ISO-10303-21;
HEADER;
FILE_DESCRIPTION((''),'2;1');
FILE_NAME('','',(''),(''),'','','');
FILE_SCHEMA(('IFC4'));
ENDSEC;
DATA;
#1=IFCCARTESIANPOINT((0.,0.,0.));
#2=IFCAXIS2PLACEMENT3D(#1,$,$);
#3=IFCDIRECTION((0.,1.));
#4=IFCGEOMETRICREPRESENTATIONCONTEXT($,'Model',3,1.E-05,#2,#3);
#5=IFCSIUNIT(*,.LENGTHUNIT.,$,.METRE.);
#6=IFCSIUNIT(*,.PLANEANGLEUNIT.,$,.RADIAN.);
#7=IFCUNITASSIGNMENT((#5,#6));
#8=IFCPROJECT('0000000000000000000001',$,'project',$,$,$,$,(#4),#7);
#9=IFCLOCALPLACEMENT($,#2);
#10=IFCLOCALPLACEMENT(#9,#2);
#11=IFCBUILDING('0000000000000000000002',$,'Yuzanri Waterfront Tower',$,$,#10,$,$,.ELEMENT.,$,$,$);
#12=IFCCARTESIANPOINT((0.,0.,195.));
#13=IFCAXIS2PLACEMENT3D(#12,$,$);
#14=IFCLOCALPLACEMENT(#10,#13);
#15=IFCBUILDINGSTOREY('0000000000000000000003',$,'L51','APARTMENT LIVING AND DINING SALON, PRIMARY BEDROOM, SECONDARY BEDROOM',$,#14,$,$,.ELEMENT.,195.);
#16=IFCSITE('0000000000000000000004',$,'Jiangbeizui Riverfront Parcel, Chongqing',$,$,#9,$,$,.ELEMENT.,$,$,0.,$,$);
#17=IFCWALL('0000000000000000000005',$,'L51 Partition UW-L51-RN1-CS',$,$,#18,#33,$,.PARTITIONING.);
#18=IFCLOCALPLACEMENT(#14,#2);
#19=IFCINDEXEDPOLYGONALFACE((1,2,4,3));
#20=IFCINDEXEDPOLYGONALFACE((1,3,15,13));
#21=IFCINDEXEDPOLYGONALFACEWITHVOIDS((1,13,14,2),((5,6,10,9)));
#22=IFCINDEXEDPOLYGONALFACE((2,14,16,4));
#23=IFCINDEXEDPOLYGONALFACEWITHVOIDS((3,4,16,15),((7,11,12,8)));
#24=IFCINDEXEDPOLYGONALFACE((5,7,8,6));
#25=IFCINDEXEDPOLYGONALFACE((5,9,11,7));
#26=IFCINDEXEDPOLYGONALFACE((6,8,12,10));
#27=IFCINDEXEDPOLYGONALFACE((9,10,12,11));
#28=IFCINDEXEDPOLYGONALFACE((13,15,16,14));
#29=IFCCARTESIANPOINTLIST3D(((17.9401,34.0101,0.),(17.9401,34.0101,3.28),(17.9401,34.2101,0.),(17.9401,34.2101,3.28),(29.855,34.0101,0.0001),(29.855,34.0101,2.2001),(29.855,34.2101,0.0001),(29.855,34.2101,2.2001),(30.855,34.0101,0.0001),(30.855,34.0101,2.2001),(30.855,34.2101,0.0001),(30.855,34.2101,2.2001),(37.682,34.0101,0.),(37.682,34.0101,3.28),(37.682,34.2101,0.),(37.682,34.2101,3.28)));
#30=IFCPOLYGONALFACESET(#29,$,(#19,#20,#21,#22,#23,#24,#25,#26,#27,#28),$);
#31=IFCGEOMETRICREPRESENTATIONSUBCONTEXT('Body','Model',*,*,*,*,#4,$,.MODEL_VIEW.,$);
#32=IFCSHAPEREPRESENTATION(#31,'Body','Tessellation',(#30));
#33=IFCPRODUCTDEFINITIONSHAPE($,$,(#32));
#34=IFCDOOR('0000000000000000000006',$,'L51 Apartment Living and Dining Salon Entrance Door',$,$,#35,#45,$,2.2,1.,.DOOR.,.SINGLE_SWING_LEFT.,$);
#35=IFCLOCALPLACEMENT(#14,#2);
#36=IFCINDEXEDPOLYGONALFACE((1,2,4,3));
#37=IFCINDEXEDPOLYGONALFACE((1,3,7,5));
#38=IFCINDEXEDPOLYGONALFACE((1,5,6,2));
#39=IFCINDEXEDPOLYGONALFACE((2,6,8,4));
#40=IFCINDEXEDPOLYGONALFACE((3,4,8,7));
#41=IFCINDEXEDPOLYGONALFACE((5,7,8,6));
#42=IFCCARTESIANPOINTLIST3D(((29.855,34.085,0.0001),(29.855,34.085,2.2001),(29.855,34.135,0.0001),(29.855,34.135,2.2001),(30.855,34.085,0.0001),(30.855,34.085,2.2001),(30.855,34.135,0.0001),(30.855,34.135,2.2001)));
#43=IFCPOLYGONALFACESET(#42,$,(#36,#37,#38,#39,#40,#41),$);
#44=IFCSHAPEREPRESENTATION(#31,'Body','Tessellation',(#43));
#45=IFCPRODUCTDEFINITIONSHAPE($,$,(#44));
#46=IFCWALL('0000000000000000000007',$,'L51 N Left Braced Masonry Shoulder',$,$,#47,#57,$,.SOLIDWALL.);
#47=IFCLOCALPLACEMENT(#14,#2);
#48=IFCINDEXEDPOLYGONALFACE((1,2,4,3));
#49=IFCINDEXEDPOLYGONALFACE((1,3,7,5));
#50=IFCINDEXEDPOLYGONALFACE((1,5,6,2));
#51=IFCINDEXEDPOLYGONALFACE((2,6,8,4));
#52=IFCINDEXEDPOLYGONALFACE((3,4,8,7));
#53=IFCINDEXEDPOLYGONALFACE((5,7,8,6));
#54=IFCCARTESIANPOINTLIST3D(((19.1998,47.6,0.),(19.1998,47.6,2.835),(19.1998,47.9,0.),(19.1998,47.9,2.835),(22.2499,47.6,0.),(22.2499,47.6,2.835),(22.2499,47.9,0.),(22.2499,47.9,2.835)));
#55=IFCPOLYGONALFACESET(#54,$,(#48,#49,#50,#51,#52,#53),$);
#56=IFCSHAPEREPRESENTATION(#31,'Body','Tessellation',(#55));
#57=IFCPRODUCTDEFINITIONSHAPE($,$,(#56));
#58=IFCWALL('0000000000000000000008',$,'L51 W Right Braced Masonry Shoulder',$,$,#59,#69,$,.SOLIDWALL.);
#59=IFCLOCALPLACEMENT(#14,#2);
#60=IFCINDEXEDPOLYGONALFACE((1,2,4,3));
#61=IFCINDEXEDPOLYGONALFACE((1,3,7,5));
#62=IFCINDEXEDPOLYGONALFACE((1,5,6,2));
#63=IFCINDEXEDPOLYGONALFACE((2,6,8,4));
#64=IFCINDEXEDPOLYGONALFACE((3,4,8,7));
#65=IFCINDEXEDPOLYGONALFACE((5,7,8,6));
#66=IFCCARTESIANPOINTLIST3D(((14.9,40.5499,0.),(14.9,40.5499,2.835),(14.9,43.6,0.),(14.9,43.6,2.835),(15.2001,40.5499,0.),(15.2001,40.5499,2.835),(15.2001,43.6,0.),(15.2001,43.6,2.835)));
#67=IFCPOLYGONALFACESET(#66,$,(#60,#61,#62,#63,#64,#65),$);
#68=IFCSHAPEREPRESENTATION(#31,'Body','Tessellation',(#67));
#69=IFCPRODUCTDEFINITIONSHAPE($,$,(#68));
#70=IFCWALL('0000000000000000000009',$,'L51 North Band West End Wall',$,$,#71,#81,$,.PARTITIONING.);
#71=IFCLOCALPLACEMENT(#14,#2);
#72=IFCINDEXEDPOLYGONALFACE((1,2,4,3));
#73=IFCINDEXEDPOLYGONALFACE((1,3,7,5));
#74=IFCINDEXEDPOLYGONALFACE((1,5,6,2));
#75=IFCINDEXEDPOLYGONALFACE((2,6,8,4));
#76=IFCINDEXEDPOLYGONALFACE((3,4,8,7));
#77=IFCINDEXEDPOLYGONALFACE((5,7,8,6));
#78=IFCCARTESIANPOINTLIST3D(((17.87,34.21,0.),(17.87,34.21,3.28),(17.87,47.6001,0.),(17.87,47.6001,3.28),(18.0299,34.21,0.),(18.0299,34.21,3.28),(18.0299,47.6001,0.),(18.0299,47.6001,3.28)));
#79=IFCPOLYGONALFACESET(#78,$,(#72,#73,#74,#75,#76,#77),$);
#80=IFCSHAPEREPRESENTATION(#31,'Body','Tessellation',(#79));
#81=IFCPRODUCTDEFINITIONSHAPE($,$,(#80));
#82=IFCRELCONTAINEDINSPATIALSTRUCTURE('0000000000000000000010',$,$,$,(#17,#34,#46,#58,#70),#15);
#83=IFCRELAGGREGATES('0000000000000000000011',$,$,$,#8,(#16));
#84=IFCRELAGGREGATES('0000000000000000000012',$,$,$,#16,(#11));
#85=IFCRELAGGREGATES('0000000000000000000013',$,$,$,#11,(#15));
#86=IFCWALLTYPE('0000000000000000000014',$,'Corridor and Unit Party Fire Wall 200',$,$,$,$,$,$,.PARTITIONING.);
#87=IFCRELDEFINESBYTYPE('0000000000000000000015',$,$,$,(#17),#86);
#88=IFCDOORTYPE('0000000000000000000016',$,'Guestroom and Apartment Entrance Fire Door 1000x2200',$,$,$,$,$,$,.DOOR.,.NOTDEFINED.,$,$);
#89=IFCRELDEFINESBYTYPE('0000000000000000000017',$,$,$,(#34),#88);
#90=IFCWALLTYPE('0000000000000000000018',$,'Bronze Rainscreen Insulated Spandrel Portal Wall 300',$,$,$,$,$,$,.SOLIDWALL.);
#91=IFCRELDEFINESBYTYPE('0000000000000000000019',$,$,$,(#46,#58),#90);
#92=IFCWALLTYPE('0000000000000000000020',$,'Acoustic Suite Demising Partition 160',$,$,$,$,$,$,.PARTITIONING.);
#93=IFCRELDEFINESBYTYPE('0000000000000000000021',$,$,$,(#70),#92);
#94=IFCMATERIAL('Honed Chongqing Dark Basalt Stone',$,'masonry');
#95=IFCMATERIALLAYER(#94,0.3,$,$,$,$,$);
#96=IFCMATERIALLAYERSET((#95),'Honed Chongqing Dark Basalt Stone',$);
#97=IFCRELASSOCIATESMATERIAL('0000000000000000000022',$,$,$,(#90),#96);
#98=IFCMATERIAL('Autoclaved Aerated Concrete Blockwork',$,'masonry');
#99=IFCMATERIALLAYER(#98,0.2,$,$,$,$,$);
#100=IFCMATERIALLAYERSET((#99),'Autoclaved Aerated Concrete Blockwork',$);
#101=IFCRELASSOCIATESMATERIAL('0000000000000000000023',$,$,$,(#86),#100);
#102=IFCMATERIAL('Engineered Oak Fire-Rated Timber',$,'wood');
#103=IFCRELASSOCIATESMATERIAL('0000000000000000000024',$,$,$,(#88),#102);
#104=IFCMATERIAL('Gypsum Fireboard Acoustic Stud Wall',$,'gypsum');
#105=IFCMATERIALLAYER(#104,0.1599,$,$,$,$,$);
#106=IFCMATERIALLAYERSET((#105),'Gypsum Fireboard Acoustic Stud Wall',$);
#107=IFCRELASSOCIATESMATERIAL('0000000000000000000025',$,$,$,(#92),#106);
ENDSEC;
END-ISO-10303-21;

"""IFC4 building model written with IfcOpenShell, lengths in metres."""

from ifc_helpers import new_model, si_unit, direction, frame, frame_2d, origin, place, context, subcontext, project, spatial, rectangle, extrude, source, transform, mapped, material, layer, layer_set, type_object, element, fill, save


model = new_model("IFC4")

# Units and contexts
model_context = context("Model", 3, precision=1e-05, world=origin(), true_north=direction((0.0, 1.0)))
body_context = subcontext(model_context, "Body", "Model", "MODEL_VIEW")
ifc_project = project(units=[si_unit("LENGTHUNIT", "METRE"), si_unit("PLANEANGLEUNIT", "RADIAN")], contexts=[model_context])

# Site, building, storey
site_placement = place(None, origin())
site = spatial("IfcSite", under=ifc_project, at=site_placement, Name="Jiangbeizui Riverfront Parcel, Chongqing", CompositionType="ELEMENT", RefElevation=0.0)
building_placement = place(site_placement, origin())
building = spatial("IfcBuilding", under=site, at=building_placement, Name="Yuzanri Waterfront Tower", CompositionType="ELEMENT")
storey_placement = place(building_placement, frame((0.0, 0.0, 195.0)))
storey = spatial("IfcBuildingStorey", under=building, at=storey_placement, Name="L51", Description="APARTMENT LIVING AND DINING SALON, PRIMARY BEDROOM, SECONDARY BEDROOM", CompositionType="ELEMENT", Elevation=195.0)

# Shared definitions
ifc_material_1 = material(Name="Honed Chongqing Dark Basalt Stone", Category="masonry")
ifc_layer_1 = layer(ifc_material_1, 0.3)
ifc_layer_set_1 = layer_set([ifc_layer_1], Name="Honed Chongqing Dark Basalt Stone")
wall_type_1 = type_object("IfcWallType", Name="Bronze Rainscreen Insulated Spandrel Portal Wall 300", PredefinedType="SOLIDWALL", material=ifc_layer_set_1)

# Wall, opening, door
ifc_material_2 = material(Name="Autoclaved Aerated Concrete Blockwork", Category="masonry")
ifc_layer_2 = layer(ifc_material_2, 0.2)
ifc_layer_set_2 = layer_set([ifc_layer_2], Name="Autoclaved Aerated Concrete Blockwork")
wall_type_2 = type_object("IfcWallType", Name="Corridor and Unit Party Fire Wall 200", PredefinedType="PARTITIONING", material=ifc_layer_set_2)
wall_1_placement = place(storey_placement, frame((17.9399, 34.1101, 0.0), z_axis=(0.0, 0.0, 1.0), x_axis=(1.0, 0.0, 0.0)))
wall_1 = element("IfcWall", 1, at=wall_1_placement, inside=storey, type_object=wall_type_2, Name="L51 Partition UW-L51-RN1-CS", PredefinedType="PARTITIONING", context=body_context, shape_type="SweptSolid", body=[
    extrude(rectangle(XDim=19.7419, YDim=0.2, at=frame_2d((9.8711, 0.0))), origin(), (0.0, 0.0, 1.0), 3.28),
])
opening_1_placement = place(wall_1_placement, frame((11.915, 0.0, 0.0)))
opening_1 = element("IfcOpeningElement", 2, at=opening_1_placement, cuts=wall_1, PredefinedType="OPENING", context=body_context, shape_type="SweptSolid", body=[
    extrude(rectangle(XDim=1.0, YDim=2.2, at=frame_2d((0.5, 1.1001))), frame((0.0, 0.1147, 0.0), z_axis=(0.0, -1.0, 0.0), x_axis=(1.0, 0.0, 0.0)), (0.0, 0.0, 1.0), 0.2297),
])
ifc_material_3 = material(Name="Engineered Oak Fire-Rated Timber", Category="wood")
door_type_1 = type_object("IfcDoorType", Name="Guestroom and Apartment Entrance Fire Door 1000x2200", OperationType="NOTDEFINED", PredefinedType="DOOR", material=ifc_material_3)
shared_shape_1 = source(origin(), body_context, "Body", "SweptSolid", [
    extrude(rectangle(XDim=1.0, YDim=2.2, at=frame_2d((0.5, 1.1001))), frame((0.0, 0.0249, 0.0), z_axis=(0.0, -1.0, 0.0), x_axis=(1.0, 0.0, 0.0)), (0.0, 0.0, 1.0), 0.05),
])
door_1_placement = place(opening_1_placement, origin())
door_1 = element("IfcDoor", 3, at=door_1_placement, inside=storey, type_object=door_type_1, Name="L51 Apartment Living and Dining Salon Entrance Door", OperationType="SINGLE_SWING_LEFT", OverallHeight=2.2, OverallWidth=1.0, PredefinedType="DOOR", context=body_context, shape_type="MappedRepresentation", body=[
    mapped(shared_shape_1, transform((0.0, 0.0, 0.0), scale=1.0)),
])
fill(opening_1, door_1)

# Walls
shared_shape_2 = source(origin(), body_context, "Body", "SweptSolid", [
    extrude(rectangle(XDim=3.05, YDim=0.3, at=frame_2d((1.5249, 0.0))), origin(), (0.0, 0.0, 1.0), 2.835),
])
for number, where, z_axis, x_axis, name in (
    (4, (19.2, 47.75, 0.0), (0.0, 0.0, 1.0), (1.0, 0.0, 0.0), "L51 N Left Braced Masonry Shoulder"),
    (5, (15.05, 40.55, 0.0), (0.0, 0.0, 1.0), (0.0, 1.0, 0.0), "L51 W Right Braced Masonry Shoulder"),
):
    element("IfcWall", number, at=place(storey_placement, frame(where, z_axis=z_axis, x_axis=x_axis)), inside=storey, type_object=wall_type_1, Name=name, PredefinedType="SOLIDWALL", context=body_context, shape_type="MappedRepresentation", body=[
        mapped(shared_shape_2, transform((0.0, 0.0, 0.0), scale=1.0)),
    ])
ifc_material_4 = material(Name="Gypsum Fireboard Acoustic Stud Wall", Category="gypsum")
ifc_layer_3 = layer(ifc_material_4, 0.1599)
ifc_layer_set_3 = layer_set([ifc_layer_3], Name="Gypsum Fireboard Acoustic Stud Wall")
wall_type_3 = type_object("IfcWallType", Name="Acoustic Suite Demising Partition 160", PredefinedType="PARTITIONING", material=ifc_layer_set_3)
shared_shape_3 = source(origin(), body_context, "Body", "SweptSolid", [
    extrude(rectangle(XDim=13.3901, YDim=0.1599, at=frame_2d((6.6951, 0.0))), origin(), (0.0, 0.0, 1.0), 3.28),
])
wall_2_placement = place(storey_placement, frame((17.95, 34.21, 0.0), z_axis=(0.0, 0.0, 1.0), x_axis=(0.0, 1.0, 0.0)))
element("IfcWall", 6, at=wall_2_placement, inside=storey, type_object=wall_type_3, Name="L51 North Band West End Wall", PredefinedType="PARTITIONING", context=body_context, shape_type="MappedRepresentation", body=[
    mapped(shared_shape_3, transform((0.0, 0.0, 0.0), scale=1.0)),
])

save(model, "model.ifc")
